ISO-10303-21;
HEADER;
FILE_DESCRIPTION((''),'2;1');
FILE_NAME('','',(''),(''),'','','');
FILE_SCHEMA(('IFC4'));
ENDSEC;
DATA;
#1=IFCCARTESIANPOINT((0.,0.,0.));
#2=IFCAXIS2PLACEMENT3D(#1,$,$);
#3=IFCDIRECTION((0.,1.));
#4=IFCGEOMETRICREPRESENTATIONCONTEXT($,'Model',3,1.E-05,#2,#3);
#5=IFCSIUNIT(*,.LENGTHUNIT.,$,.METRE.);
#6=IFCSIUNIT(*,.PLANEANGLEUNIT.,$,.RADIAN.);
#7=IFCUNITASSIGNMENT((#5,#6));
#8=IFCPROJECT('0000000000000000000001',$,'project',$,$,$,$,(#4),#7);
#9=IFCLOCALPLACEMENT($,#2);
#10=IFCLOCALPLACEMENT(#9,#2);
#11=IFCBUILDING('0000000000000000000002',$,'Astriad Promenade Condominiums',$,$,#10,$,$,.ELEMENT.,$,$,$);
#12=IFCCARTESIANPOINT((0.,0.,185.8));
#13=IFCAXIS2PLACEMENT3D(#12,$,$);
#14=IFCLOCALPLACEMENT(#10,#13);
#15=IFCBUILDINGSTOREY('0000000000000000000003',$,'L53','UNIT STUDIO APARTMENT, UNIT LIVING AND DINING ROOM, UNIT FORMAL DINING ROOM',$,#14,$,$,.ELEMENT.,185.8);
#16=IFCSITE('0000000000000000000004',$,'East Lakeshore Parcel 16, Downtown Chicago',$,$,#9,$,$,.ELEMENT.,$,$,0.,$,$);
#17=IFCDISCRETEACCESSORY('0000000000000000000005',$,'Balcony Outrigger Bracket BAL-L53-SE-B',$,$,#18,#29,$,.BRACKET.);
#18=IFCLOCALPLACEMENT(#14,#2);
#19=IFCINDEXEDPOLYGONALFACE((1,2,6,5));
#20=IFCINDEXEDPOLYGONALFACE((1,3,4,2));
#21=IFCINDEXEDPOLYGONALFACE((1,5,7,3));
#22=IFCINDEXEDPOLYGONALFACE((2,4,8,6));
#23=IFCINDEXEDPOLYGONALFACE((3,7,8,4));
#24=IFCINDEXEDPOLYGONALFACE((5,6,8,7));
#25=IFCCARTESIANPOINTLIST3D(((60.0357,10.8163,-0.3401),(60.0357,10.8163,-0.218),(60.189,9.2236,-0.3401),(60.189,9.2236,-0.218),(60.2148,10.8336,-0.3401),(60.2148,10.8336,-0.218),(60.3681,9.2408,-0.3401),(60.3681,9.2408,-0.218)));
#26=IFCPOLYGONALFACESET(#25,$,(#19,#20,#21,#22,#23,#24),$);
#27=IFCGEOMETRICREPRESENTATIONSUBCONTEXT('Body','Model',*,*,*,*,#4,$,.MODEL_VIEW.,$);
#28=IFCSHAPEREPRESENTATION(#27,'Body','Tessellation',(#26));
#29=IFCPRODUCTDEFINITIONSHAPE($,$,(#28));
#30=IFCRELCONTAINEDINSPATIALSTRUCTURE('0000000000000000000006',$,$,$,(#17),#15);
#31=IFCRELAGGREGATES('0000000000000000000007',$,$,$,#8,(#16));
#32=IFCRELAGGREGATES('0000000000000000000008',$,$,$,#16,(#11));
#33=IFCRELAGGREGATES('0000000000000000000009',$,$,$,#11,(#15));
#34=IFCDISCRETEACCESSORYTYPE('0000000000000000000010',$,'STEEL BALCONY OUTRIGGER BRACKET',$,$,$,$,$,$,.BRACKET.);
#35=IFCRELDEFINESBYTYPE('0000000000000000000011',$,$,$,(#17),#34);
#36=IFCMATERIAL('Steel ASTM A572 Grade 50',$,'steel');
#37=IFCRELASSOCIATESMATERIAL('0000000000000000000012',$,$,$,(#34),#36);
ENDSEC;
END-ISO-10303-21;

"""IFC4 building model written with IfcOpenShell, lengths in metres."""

from ifc_helpers import new_model, si_unit, direction, frame, origin, origin_2d, place, context, subcontext, project, spatial, rectangle, extrude, source, transform, mapped, material, type_object, type_shapes, element, save


model = new_model("IFC4")

# Units and contexts
model_context = context("Model", 3, precision=1e-05, world=origin(), true_north=direction((0.0, 1.0)))
body_context = subcontext(model_context, "Body", "Model", "MODEL_VIEW")
ifc_project = project(units=[si_unit("LENGTHUNIT", "METRE"), si_unit("PLANEANGLEUNIT", "RADIAN")], contexts=[model_context])

# Site, building, storey
site_placement = place(None, origin())
site = spatial("IfcSite", under=ifc_project, at=site_placement, Name="East Lakeshore Parcel 16, Downtown Chicago", CompositionType="ELEMENT", RefElevation=0.0)
building_placement = place(site_placement, origin())
building = spatial("IfcBuilding", under=site, at=building_placement, Name="Astriad Promenade Condominiums", CompositionType="ELEMENT")
storey_placement = place(building_placement, frame((0.0, 0.0, 185.8)))
storey = spatial("IfcBuildingStorey", under=building, at=storey_placement, Name="L53", Description="UNIT STUDIO APARTMENT, UNIT LIVING AND DINING ROOM, UNIT FORMAL DINING ROOM", CompositionType="ELEMENT", Elevation=185.8)

# Discrete accessory
ifc_material_1 = material(Name="Steel ASTM A572 Grade 50", Category="steel")
discrete_accessory_type = type_object("IfcDiscreteAccessoryType", Name="STEEL BALCONY OUTRIGGER BRACKET", PredefinedType="BRACKET", material=ifc_material_1)
shared_shape_1 = source(origin(), body_context, "Body", "SweptSolid", [
    extrude(rectangle(XDim=1.6001, YDim=0.1799, at=origin_2d()), origin(), (0.0, 0.0, 1.0), 0.1221),
])
type_shapes(discrete_accessory_type, [shared_shape_1])
discrete_accessory_placement = place(storey_placement, frame((60.2019, 10.0286, -0.3401), z_axis=(0.0, 0.0, 1.0), x_axis=(0.095846, -0.995396, 0.0)))
element("IfcDiscreteAccessory", 1, at=discrete_accessory_placement, inside=storey, type_object=discrete_accessory_type, Name="Balcony Outrigger Bracket BAL-L53-SE-B", PredefinedType="BRACKET", context=body_context, shape_type="MappedRepresentation", body=[
    mapped(shared_shape_1, transform((0.0, 0.0, 0.0), scale=1.0)),
])

save(model, "model.ifc")
